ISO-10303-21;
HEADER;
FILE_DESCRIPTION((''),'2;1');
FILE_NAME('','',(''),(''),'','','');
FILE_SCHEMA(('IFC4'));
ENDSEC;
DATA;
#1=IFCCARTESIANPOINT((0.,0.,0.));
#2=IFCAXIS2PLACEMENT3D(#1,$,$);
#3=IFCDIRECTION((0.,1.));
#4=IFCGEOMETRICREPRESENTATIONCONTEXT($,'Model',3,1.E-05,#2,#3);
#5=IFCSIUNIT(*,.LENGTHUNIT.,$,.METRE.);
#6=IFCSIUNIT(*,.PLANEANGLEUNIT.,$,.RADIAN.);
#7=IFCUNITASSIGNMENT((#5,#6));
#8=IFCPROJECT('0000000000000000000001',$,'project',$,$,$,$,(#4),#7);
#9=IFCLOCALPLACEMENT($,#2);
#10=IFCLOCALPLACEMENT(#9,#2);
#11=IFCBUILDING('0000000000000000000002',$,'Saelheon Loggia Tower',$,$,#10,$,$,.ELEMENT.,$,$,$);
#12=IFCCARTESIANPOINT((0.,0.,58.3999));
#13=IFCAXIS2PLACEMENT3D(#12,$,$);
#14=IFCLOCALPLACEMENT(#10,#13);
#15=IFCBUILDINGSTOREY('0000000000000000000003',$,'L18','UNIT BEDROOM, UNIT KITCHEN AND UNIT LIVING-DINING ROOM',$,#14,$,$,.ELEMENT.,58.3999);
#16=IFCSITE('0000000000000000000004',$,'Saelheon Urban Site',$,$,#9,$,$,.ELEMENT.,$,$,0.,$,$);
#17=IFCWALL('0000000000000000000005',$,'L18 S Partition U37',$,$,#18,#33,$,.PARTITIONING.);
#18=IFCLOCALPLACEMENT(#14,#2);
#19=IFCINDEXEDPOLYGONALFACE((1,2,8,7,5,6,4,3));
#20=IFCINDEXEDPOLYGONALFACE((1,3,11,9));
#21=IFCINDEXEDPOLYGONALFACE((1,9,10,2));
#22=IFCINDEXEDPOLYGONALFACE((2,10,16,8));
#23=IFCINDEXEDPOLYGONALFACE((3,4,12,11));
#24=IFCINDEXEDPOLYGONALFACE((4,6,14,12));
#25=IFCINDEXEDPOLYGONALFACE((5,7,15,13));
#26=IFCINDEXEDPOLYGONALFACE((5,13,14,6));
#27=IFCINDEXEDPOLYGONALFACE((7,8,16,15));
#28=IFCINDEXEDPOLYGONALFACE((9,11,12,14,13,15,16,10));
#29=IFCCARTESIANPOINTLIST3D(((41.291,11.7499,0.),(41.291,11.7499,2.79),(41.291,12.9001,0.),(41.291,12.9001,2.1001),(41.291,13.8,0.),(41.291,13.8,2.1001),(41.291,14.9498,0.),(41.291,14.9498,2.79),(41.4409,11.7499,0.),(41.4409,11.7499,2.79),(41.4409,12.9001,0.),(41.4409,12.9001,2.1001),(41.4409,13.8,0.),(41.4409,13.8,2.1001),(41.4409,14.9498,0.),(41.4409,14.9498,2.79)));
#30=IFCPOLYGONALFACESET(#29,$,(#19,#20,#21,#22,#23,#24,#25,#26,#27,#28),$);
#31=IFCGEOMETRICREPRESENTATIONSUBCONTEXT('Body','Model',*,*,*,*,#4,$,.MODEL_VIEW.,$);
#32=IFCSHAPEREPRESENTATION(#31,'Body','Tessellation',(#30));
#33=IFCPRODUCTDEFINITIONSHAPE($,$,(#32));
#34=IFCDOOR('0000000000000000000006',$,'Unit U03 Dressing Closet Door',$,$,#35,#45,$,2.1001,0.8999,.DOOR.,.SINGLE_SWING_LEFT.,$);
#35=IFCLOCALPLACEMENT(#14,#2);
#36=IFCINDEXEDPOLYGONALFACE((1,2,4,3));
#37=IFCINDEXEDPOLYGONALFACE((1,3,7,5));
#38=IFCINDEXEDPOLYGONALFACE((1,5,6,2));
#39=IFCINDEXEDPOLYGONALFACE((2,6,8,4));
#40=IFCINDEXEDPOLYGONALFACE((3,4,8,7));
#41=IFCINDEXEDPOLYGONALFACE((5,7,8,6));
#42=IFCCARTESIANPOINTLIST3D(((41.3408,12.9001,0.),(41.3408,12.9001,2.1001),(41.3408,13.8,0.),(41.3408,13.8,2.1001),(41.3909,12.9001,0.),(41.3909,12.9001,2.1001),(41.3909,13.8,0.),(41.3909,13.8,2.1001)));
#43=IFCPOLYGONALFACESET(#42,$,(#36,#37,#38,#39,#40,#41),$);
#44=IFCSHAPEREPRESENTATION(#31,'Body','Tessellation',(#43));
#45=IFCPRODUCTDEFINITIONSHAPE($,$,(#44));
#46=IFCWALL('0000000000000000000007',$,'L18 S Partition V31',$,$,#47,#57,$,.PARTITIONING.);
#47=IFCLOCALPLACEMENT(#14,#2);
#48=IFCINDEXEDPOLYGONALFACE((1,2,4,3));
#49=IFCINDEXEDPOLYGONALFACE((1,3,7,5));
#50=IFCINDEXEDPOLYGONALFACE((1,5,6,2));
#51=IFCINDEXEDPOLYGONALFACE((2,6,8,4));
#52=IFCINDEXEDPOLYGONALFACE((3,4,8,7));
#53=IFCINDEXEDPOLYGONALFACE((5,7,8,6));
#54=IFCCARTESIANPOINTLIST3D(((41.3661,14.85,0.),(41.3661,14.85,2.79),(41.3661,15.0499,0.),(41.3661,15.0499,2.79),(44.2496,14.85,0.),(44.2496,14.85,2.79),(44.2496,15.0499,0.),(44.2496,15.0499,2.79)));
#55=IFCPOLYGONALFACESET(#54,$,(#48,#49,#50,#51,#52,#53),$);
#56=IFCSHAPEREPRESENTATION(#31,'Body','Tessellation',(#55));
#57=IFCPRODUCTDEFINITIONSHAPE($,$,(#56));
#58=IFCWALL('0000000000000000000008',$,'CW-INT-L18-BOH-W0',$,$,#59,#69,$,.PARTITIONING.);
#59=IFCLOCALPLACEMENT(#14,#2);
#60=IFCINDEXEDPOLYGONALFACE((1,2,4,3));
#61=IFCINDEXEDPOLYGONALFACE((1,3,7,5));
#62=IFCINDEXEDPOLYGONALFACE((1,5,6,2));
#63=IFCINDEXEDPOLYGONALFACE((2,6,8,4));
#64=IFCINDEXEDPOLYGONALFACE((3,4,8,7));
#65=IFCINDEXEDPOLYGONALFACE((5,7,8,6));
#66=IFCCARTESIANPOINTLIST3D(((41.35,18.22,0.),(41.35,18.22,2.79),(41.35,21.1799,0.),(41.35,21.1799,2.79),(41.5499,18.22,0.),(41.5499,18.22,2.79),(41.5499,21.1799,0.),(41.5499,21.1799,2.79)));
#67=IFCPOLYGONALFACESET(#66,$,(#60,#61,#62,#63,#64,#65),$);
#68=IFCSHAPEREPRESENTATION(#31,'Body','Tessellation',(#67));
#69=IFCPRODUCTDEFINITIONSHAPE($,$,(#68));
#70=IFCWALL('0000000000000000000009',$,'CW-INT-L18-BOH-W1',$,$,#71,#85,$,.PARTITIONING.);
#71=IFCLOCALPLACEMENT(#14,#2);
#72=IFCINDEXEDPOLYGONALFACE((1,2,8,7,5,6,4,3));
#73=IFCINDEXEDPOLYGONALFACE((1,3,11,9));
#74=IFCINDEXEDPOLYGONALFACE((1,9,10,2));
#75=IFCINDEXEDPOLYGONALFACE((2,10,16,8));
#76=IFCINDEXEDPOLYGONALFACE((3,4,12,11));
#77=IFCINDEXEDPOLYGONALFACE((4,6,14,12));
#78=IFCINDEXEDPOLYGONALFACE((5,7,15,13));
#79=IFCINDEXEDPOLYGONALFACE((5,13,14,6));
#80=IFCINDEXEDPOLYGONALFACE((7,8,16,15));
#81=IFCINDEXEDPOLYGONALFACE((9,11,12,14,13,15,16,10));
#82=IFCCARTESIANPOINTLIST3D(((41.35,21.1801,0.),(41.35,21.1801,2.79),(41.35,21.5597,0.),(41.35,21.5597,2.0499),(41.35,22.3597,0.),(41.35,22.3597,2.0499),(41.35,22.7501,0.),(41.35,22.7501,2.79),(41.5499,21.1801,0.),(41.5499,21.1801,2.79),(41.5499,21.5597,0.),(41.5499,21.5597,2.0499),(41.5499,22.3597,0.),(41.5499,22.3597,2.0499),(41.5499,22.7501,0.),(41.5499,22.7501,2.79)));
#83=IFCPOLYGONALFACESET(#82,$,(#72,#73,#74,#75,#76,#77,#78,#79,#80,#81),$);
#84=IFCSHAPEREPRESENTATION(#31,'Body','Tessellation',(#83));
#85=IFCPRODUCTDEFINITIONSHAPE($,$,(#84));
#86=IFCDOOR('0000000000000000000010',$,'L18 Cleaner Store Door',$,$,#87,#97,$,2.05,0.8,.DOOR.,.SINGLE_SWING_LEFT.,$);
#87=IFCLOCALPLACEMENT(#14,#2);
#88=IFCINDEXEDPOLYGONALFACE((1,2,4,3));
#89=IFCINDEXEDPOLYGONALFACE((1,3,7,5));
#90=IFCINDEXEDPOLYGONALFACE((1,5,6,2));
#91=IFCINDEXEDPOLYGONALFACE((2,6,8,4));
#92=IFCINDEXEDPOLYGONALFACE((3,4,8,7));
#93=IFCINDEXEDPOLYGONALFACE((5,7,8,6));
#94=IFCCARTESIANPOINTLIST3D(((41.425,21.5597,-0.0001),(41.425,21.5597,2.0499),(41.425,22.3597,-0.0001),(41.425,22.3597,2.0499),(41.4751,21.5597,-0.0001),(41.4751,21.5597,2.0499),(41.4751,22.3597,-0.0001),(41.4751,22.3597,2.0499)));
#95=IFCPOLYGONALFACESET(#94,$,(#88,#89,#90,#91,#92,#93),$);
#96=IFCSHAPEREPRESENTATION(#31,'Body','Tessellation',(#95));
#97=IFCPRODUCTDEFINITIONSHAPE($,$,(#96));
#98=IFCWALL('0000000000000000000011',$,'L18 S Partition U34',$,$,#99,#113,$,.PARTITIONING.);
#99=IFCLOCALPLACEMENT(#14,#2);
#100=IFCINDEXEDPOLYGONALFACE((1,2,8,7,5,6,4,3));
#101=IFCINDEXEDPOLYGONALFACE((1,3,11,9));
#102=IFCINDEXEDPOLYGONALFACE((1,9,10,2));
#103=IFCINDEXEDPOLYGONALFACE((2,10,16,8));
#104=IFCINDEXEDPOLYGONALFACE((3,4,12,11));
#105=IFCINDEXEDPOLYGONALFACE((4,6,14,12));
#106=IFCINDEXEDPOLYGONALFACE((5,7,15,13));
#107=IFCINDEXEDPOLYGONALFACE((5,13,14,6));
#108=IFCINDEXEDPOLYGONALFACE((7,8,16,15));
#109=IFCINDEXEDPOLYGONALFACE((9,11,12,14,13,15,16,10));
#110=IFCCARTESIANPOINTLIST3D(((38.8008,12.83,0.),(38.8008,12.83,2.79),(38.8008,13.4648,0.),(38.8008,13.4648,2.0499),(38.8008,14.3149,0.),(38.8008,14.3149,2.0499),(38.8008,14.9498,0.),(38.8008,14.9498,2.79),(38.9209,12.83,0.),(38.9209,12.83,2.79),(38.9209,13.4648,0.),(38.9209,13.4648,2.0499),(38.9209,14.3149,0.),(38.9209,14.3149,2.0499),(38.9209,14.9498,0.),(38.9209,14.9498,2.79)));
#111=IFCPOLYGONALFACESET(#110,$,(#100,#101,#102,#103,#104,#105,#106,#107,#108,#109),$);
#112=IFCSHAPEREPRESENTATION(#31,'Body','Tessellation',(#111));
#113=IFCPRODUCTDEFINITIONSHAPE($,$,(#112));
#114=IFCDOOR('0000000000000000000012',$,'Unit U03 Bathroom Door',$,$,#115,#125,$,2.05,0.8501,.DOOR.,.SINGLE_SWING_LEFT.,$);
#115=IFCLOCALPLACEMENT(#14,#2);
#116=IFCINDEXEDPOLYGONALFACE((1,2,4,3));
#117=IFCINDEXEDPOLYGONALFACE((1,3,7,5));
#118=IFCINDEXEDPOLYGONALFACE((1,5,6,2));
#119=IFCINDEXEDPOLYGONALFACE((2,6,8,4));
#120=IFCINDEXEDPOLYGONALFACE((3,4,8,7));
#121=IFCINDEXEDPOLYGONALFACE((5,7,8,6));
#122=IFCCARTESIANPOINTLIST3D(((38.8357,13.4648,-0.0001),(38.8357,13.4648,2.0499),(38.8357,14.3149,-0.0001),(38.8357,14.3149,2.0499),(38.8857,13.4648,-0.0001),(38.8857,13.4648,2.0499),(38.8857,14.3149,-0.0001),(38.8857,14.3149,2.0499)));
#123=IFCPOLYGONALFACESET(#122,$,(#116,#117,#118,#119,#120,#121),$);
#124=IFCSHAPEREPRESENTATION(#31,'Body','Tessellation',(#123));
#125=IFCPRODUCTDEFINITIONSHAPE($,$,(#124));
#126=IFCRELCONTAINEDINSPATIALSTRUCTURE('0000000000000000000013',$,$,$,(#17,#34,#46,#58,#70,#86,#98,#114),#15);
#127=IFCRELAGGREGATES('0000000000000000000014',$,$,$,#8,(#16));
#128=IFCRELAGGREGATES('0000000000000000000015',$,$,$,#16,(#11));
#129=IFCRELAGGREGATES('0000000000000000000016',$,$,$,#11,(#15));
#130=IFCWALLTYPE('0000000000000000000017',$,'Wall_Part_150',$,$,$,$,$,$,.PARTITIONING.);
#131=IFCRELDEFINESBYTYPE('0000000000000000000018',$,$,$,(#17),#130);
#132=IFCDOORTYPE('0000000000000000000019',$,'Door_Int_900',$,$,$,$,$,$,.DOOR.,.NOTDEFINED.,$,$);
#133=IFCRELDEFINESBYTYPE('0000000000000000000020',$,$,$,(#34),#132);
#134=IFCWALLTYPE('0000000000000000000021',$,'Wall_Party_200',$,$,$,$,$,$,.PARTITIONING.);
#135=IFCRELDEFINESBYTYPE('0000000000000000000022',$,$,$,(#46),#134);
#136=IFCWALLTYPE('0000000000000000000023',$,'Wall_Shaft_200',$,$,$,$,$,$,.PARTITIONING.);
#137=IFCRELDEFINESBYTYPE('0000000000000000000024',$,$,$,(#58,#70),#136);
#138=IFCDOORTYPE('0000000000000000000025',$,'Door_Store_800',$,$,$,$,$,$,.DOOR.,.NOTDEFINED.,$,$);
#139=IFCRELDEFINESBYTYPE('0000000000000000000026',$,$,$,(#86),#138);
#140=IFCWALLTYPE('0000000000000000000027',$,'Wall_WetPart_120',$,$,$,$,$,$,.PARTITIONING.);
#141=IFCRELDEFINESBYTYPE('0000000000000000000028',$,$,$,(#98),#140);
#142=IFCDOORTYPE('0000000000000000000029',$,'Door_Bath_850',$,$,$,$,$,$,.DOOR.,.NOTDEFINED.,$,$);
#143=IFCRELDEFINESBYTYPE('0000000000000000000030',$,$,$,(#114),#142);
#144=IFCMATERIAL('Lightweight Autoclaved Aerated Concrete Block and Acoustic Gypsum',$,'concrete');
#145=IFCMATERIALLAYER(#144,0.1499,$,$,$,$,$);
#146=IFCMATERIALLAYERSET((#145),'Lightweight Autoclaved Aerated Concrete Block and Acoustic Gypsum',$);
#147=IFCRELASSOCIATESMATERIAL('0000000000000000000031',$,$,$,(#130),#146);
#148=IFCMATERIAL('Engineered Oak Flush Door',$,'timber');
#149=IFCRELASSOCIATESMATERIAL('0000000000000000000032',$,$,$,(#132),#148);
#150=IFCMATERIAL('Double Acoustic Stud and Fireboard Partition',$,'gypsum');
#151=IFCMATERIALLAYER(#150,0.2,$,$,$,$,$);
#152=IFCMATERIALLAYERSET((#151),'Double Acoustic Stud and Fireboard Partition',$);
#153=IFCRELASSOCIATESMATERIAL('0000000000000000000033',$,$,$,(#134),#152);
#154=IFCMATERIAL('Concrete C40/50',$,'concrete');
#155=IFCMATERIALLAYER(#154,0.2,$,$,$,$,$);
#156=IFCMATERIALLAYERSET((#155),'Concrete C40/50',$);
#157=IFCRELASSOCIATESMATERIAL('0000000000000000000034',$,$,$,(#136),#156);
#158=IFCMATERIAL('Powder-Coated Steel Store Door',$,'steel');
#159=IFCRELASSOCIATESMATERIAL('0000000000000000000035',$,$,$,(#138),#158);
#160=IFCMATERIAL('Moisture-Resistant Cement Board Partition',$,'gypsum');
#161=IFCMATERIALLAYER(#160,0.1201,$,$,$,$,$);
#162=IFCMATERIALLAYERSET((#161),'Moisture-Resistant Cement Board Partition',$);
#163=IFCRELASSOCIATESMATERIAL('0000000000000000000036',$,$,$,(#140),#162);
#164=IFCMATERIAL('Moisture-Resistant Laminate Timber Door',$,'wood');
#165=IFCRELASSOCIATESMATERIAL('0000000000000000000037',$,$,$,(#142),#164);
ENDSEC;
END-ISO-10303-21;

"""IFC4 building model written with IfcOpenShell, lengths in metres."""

from ifc_helpers import new_model, si_unit, direction, frame, frame_2d, origin, place, context, subcontext, project, spatial, rectangle, extrude, source, transform, mapped, material, layer, layer_set, type_object, element, fill, save


model = new_model("IFC4")

# Units and contexts
model_context = context("Model", 3, precision=1e-05, world=origin(), true_north=direction((0.0, 1.0)))
body_context = subcontext(model_context, "Body", "Model", "MODEL_VIEW")
ifc_project = project(units=[si_unit("LENGTHUNIT", "METRE"), si_unit("PLANEANGLEUNIT", "RADIAN")], contexts=[model_context])

# Site, building, storey
site_placement = place(None, origin())
site = spatial("IfcSite", under=ifc_project, at=site_placement, Name="Saelheon Urban Site", CompositionType="ELEMENT", RefElevation=0.0)
building_placement = place(site_placement, origin())
building = spatial("IfcBuilding", under=site, at=building_placement, Name="Saelheon Loggia Tower", CompositionType="ELEMENT")
storey_placement = place(building_placement, frame((0.0, 0.0, 58.3999)))
storey = spatial("IfcBuildingStorey", under=building, at=storey_placement, Name="L18", Description="UNIT BEDROOM, UNIT KITCHEN AND UNIT LIVING-DINING ROOM", CompositionType="ELEMENT", Elevation=58.3999)

# Wall, opening, door
ifc_material_1 = material(Name="Lightweight Autoclaved Aerated Concrete Block and Acoustic Gypsum", Category="concrete")
ifc_layer_1 = layer(ifc_material_1, 0.1499)
ifc_layer_set_1 = layer_set([ifc_layer_1], Name="Lightweight Autoclaved Aerated Concrete Block and Acoustic Gypsum")
wall_type_1 = type_object("IfcWallType", Name="Wall_Part_150", PredefinedType="PARTITIONING", material=ifc_layer_set_1)
wall_1_placement = place(storey_placement, frame((41.366, 14.95, 0.0), z_axis=(0.0, 0.0, 1.0), x_axis=(0.0, -1.0, 0.0)))
wall_1 = element("IfcWall", 1, at=wall_1_placement, inside=storey, type_object=wall_type_1, Name="L18 S Partition U37", PredefinedType="PARTITIONING", context=body_context, shape_type="SweptSolid", body=[
    extrude(rectangle(XDim=3.2, YDim=0.1499, at=frame_2d((1.6001, 0.0))), origin(), (0.0, 0.0, 1.0), 2.79),
])
opening_1_placement = place(wall_1_placement, frame((1.1499, 0.0, 0.0)))
opening_1 = element("IfcOpeningElement", 2, at=opening_1_placement, cuts=wall_1, PredefinedType="OPENING", context=body_context, shape_type="SweptSolid", body=[
    extrude(rectangle(XDim=0.8999, YDim=2.1001, at=frame_2d((0.45, 1.05))), frame((0.0, 0.0869, 0.0), z_axis=(0.0, -1.0, 0.0), x_axis=(1.0, 0.0, 0.0)), (0.0, 0.0, 1.0), 0.1738),
])
ifc_material_2 = material(Name="Engineered Oak Flush Door", Category="timber")
door_type_1 = type_object("IfcDoorType", Name="Door_Int_900", OperationType="NOTDEFINED", PredefinedType="DOOR", material=ifc_material_2)
shared_shape_1 = source(origin(), body_context, "Body", "SweptSolid", [
    extrude(rectangle(XDim=0.8999, YDim=2.1001, at=frame_2d((0.45, 1.05))), frame((0.0, 0.0249, 0.0), z_axis=(0.0, -1.0, 0.0), x_axis=(1.0, 0.0, 0.0)), (0.0, 0.0, 1.0), 0.05),
])
door_1_placement = place(opening_1_placement, origin())
door_1 = element("IfcDoor", 3, at=door_1_placement, inside=storey, type_object=door_type_1, Name="Unit U03 Dressing Closet Door", OperationType="SINGLE_SWING_LEFT", OverallHeight=2.1001, OverallWidth=0.8999, PredefinedType="DOOR", context=body_context, shape_type="MappedRepresentation", body=[
    mapped(shared_shape_1, transform((0.0, 0.0, 0.0), scale=1.0)),
])
fill(opening_1, door_1)

# Walls
ifc_material_3 = material(Name="Double Acoustic Stud and Fireboard Partition", Category="gypsum")
ifc_layer_2 = layer(ifc_material_3, 0.2)
ifc_layer_set_2 = layer_set([ifc_layer_2], Name="Double Acoustic Stud and Fireboard Partition")
wall_type_2 = type_object("IfcWallType", Name="Wall_Party_200", PredefinedType="PARTITIONING", material=ifc_layer_set_2)
wall_2_placement = place(storey_placement, frame((41.366, 14.95, 0.0), z_axis=(0.0, 0.0, 1.0), x_axis=(1.0, 0.0, 0.0)))
element("IfcWall", 4, at=wall_2_placement, inside=storey, type_object=wall_type_2, Name="L18 S Partition V31", PredefinedType="PARTITIONING", context=body_context, shape_type="SweptSolid", body=[
    extrude(rectangle(XDim=2.8835, YDim=0.2, at=frame_2d((1.4419, 0.0))), origin(), (0.0, 0.0, 1.0), 2.79),
])
ifc_material_4 = material(Name="Concrete C40/50", Category="concrete")
ifc_layer_3 = layer(ifc_material_4, 0.2)
ifc_layer_set_3 = layer_set([ifc_layer_3], Name="Concrete C40/50")
wall_type_3 = type_object("IfcWallType", Name="Wall_Shaft_200", PredefinedType="PARTITIONING", material=ifc_layer_set_3)
wall_3_placement = place(storey_placement, frame((41.45, 18.22, 0.0), z_axis=(0.0, 0.0, 1.0), x_axis=(0.0, 1.0, 0.0)))
element("IfcWall", 5, at=wall_3_placement, inside=storey, type_object=wall_type_3, Name="CW-INT-L18-BOH-W0", PredefinedType="PARTITIONING", context=body_context, shape_type="SweptSolid", body=[
    extrude(rectangle(XDim=2.96, YDim=0.2, at=frame_2d((1.48, 0.0))), origin(), (0.0, 0.0, 1.0), 2.79),
])

# Wall, opening, door
wall_4_placement = place(storey_placement, frame((41.45, 21.1799, 0.0), z_axis=(0.0, 0.0, 1.0), x_axis=(0.0, 1.0, 0.0)))
wall_4 = element("IfcWall", 6, at=wall_4_placement, inside=storey, type_object=wall_type_3, Name="CW-INT-L18-BOH-W1", PredefinedType="PARTITIONING", context=body_context, shape_type="SweptSolid", body=[
    extrude(rectangle(XDim=1.5701, YDim=0.2, at=frame_2d((0.7852, 0.0))), origin(), (0.0, 0.0, 1.0), 2.79),
])
opening_2_placement = place(wall_4_placement, frame((0.3799, 0.0, 0.0)))
opening_2 = element("IfcOpeningElement", 7, at=opening_2_placement, cuts=wall_4, PredefinedType="OPENING", context=body_context, shape_type="SweptSolid", body=[
    extrude(rectangle(XDim=0.8, YDim=2.05, at=frame_2d((0.3999, 1.0249))), frame((0.0, 0.1121, 0.0), z_axis=(0.0, -1.0, 0.0), x_axis=(1.0, 0.0, 0.0)), (0.0, 0.0, 1.0), 0.2239),
])
ifc_material_5 = material(Name="Powder-Coated Steel Store Door", Category="steel")
door_type_2 = type_object("IfcDoorType", Name="Door_Store_800", OperationType="NOTDEFINED", PredefinedType="DOOR", material=ifc_material_5)
shared_shape_2 = source(origin(), body_context, "Body", "SweptSolid", [
    extrude(rectangle(XDim=0.8, YDim=2.05, at=frame_2d((0.3999, 1.0249))), frame((0.0, 0.0249, 0.0), z_axis=(0.0, -1.0, 0.0), x_axis=(1.0, 0.0, 0.0)), (0.0, 0.0, 1.0), 0.05),
])
door_2_placement = place(opening_2_placement, origin())
door_2 = element("IfcDoor", 8, at=door_2_placement, inside=storey, type_object=door_type_2, Name="L18 Cleaner Store Door", OperationType="SINGLE_SWING_LEFT", OverallHeight=2.05, OverallWidth=0.8, PredefinedType="DOOR", context=body_context, shape_type="MappedRepresentation", body=[
    mapped(shared_shape_2, transform((0.0, 0.0, 0.0), scale=1.0)),
])
fill(opening_2, door_2)

# Wall, opening, door
ifc_material_6 = material(Name="Moisture-Resistant Cement Board Partition", Category="gypsum")
ifc_layer_4 = layer(ifc_material_6, 0.1201)
ifc_layer_set_4 = layer_set([ifc_layer_4], Name="Moisture-Resistant Cement Board Partition")
wall_type_4 = type_object("IfcWallType", Name="Wall_WetPart_120", PredefinedType="PARTITIONING", material=ifc_layer_set_4)
wall_5_placement = place(storey_placement, frame((38.8608, 14.95, 0.0), z_axis=(0.0, 0.0, 1.0), x_axis=(0.0, -1.0, 0.0)))
wall_5 = element("IfcWall", 9, at=wall_5_placement, inside=storey, type_object=wall_type_4, Name="L18 S Partition U34", PredefinedType="PARTITIONING", context=body_context, shape_type="SweptSolid", body=[
    extrude(rectangle(XDim=2.1199, YDim=0.1201, at=frame_2d((1.0601, 0.0))), origin(), (0.0, 0.0, 1.0), 2.79),
])
opening_3_placement = place(wall_5_placement, frame((0.635, 0.0, 0.0)))
opening_3 = element("IfcOpeningElement", 10, at=opening_3_placement, cuts=wall_5, PredefinedType="OPENING", context=body_context, shape_type="SweptSolid", body=[
    extrude(rectangle(XDim=0.8501, YDim=2.05, at=frame_2d((0.425, 1.0249))), frame((0.0, 0.072, 0.0), z_axis=(0.0, -1.0, 0.0), x_axis=(1.0, 0.0, 0.0)), (0.0, 0.0, 1.0), 0.144),
])
ifc_material_7 = material(Name="Moisture-Resistant Laminate Timber Door", Category="wood")
door_type_3 = type_object("IfcDoorType", Name="Door_Bath_850", OperationType="NOTDEFINED", PredefinedType="DOOR", material=ifc_material_7)
shared_shape_3 = source(origin(), body_context, "Body", "SweptSolid", [
    extrude(rectangle(XDim=0.8501, YDim=2.05, at=frame_2d((0.425, 1.0249))), frame((0.0, 0.0249, 0.0), z_axis=(0.0, -1.0, 0.0), x_axis=(1.0, 0.0, 0.0)), (0.0, 0.0, 1.0), 0.05),
])
door_3_placement = place(opening_3_placement, origin())
door_3 = element("IfcDoor", 11, at=door_3_placement, inside=storey, type_object=door_type_3, Name="Unit U03 Bathroom Door", OperationType="SINGLE_SWING_LEFT", OverallHeight=2.05, OverallWidth=0.8501, PredefinedType="DOOR", context=body_context, shape_type="MappedRepresentation", body=[
    mapped(shared_shape_3, transform((0.0, 0.0, 0.0), scale=1.0)),
])
fill(opening_3, door_3)

save(model, "model.ifc")
